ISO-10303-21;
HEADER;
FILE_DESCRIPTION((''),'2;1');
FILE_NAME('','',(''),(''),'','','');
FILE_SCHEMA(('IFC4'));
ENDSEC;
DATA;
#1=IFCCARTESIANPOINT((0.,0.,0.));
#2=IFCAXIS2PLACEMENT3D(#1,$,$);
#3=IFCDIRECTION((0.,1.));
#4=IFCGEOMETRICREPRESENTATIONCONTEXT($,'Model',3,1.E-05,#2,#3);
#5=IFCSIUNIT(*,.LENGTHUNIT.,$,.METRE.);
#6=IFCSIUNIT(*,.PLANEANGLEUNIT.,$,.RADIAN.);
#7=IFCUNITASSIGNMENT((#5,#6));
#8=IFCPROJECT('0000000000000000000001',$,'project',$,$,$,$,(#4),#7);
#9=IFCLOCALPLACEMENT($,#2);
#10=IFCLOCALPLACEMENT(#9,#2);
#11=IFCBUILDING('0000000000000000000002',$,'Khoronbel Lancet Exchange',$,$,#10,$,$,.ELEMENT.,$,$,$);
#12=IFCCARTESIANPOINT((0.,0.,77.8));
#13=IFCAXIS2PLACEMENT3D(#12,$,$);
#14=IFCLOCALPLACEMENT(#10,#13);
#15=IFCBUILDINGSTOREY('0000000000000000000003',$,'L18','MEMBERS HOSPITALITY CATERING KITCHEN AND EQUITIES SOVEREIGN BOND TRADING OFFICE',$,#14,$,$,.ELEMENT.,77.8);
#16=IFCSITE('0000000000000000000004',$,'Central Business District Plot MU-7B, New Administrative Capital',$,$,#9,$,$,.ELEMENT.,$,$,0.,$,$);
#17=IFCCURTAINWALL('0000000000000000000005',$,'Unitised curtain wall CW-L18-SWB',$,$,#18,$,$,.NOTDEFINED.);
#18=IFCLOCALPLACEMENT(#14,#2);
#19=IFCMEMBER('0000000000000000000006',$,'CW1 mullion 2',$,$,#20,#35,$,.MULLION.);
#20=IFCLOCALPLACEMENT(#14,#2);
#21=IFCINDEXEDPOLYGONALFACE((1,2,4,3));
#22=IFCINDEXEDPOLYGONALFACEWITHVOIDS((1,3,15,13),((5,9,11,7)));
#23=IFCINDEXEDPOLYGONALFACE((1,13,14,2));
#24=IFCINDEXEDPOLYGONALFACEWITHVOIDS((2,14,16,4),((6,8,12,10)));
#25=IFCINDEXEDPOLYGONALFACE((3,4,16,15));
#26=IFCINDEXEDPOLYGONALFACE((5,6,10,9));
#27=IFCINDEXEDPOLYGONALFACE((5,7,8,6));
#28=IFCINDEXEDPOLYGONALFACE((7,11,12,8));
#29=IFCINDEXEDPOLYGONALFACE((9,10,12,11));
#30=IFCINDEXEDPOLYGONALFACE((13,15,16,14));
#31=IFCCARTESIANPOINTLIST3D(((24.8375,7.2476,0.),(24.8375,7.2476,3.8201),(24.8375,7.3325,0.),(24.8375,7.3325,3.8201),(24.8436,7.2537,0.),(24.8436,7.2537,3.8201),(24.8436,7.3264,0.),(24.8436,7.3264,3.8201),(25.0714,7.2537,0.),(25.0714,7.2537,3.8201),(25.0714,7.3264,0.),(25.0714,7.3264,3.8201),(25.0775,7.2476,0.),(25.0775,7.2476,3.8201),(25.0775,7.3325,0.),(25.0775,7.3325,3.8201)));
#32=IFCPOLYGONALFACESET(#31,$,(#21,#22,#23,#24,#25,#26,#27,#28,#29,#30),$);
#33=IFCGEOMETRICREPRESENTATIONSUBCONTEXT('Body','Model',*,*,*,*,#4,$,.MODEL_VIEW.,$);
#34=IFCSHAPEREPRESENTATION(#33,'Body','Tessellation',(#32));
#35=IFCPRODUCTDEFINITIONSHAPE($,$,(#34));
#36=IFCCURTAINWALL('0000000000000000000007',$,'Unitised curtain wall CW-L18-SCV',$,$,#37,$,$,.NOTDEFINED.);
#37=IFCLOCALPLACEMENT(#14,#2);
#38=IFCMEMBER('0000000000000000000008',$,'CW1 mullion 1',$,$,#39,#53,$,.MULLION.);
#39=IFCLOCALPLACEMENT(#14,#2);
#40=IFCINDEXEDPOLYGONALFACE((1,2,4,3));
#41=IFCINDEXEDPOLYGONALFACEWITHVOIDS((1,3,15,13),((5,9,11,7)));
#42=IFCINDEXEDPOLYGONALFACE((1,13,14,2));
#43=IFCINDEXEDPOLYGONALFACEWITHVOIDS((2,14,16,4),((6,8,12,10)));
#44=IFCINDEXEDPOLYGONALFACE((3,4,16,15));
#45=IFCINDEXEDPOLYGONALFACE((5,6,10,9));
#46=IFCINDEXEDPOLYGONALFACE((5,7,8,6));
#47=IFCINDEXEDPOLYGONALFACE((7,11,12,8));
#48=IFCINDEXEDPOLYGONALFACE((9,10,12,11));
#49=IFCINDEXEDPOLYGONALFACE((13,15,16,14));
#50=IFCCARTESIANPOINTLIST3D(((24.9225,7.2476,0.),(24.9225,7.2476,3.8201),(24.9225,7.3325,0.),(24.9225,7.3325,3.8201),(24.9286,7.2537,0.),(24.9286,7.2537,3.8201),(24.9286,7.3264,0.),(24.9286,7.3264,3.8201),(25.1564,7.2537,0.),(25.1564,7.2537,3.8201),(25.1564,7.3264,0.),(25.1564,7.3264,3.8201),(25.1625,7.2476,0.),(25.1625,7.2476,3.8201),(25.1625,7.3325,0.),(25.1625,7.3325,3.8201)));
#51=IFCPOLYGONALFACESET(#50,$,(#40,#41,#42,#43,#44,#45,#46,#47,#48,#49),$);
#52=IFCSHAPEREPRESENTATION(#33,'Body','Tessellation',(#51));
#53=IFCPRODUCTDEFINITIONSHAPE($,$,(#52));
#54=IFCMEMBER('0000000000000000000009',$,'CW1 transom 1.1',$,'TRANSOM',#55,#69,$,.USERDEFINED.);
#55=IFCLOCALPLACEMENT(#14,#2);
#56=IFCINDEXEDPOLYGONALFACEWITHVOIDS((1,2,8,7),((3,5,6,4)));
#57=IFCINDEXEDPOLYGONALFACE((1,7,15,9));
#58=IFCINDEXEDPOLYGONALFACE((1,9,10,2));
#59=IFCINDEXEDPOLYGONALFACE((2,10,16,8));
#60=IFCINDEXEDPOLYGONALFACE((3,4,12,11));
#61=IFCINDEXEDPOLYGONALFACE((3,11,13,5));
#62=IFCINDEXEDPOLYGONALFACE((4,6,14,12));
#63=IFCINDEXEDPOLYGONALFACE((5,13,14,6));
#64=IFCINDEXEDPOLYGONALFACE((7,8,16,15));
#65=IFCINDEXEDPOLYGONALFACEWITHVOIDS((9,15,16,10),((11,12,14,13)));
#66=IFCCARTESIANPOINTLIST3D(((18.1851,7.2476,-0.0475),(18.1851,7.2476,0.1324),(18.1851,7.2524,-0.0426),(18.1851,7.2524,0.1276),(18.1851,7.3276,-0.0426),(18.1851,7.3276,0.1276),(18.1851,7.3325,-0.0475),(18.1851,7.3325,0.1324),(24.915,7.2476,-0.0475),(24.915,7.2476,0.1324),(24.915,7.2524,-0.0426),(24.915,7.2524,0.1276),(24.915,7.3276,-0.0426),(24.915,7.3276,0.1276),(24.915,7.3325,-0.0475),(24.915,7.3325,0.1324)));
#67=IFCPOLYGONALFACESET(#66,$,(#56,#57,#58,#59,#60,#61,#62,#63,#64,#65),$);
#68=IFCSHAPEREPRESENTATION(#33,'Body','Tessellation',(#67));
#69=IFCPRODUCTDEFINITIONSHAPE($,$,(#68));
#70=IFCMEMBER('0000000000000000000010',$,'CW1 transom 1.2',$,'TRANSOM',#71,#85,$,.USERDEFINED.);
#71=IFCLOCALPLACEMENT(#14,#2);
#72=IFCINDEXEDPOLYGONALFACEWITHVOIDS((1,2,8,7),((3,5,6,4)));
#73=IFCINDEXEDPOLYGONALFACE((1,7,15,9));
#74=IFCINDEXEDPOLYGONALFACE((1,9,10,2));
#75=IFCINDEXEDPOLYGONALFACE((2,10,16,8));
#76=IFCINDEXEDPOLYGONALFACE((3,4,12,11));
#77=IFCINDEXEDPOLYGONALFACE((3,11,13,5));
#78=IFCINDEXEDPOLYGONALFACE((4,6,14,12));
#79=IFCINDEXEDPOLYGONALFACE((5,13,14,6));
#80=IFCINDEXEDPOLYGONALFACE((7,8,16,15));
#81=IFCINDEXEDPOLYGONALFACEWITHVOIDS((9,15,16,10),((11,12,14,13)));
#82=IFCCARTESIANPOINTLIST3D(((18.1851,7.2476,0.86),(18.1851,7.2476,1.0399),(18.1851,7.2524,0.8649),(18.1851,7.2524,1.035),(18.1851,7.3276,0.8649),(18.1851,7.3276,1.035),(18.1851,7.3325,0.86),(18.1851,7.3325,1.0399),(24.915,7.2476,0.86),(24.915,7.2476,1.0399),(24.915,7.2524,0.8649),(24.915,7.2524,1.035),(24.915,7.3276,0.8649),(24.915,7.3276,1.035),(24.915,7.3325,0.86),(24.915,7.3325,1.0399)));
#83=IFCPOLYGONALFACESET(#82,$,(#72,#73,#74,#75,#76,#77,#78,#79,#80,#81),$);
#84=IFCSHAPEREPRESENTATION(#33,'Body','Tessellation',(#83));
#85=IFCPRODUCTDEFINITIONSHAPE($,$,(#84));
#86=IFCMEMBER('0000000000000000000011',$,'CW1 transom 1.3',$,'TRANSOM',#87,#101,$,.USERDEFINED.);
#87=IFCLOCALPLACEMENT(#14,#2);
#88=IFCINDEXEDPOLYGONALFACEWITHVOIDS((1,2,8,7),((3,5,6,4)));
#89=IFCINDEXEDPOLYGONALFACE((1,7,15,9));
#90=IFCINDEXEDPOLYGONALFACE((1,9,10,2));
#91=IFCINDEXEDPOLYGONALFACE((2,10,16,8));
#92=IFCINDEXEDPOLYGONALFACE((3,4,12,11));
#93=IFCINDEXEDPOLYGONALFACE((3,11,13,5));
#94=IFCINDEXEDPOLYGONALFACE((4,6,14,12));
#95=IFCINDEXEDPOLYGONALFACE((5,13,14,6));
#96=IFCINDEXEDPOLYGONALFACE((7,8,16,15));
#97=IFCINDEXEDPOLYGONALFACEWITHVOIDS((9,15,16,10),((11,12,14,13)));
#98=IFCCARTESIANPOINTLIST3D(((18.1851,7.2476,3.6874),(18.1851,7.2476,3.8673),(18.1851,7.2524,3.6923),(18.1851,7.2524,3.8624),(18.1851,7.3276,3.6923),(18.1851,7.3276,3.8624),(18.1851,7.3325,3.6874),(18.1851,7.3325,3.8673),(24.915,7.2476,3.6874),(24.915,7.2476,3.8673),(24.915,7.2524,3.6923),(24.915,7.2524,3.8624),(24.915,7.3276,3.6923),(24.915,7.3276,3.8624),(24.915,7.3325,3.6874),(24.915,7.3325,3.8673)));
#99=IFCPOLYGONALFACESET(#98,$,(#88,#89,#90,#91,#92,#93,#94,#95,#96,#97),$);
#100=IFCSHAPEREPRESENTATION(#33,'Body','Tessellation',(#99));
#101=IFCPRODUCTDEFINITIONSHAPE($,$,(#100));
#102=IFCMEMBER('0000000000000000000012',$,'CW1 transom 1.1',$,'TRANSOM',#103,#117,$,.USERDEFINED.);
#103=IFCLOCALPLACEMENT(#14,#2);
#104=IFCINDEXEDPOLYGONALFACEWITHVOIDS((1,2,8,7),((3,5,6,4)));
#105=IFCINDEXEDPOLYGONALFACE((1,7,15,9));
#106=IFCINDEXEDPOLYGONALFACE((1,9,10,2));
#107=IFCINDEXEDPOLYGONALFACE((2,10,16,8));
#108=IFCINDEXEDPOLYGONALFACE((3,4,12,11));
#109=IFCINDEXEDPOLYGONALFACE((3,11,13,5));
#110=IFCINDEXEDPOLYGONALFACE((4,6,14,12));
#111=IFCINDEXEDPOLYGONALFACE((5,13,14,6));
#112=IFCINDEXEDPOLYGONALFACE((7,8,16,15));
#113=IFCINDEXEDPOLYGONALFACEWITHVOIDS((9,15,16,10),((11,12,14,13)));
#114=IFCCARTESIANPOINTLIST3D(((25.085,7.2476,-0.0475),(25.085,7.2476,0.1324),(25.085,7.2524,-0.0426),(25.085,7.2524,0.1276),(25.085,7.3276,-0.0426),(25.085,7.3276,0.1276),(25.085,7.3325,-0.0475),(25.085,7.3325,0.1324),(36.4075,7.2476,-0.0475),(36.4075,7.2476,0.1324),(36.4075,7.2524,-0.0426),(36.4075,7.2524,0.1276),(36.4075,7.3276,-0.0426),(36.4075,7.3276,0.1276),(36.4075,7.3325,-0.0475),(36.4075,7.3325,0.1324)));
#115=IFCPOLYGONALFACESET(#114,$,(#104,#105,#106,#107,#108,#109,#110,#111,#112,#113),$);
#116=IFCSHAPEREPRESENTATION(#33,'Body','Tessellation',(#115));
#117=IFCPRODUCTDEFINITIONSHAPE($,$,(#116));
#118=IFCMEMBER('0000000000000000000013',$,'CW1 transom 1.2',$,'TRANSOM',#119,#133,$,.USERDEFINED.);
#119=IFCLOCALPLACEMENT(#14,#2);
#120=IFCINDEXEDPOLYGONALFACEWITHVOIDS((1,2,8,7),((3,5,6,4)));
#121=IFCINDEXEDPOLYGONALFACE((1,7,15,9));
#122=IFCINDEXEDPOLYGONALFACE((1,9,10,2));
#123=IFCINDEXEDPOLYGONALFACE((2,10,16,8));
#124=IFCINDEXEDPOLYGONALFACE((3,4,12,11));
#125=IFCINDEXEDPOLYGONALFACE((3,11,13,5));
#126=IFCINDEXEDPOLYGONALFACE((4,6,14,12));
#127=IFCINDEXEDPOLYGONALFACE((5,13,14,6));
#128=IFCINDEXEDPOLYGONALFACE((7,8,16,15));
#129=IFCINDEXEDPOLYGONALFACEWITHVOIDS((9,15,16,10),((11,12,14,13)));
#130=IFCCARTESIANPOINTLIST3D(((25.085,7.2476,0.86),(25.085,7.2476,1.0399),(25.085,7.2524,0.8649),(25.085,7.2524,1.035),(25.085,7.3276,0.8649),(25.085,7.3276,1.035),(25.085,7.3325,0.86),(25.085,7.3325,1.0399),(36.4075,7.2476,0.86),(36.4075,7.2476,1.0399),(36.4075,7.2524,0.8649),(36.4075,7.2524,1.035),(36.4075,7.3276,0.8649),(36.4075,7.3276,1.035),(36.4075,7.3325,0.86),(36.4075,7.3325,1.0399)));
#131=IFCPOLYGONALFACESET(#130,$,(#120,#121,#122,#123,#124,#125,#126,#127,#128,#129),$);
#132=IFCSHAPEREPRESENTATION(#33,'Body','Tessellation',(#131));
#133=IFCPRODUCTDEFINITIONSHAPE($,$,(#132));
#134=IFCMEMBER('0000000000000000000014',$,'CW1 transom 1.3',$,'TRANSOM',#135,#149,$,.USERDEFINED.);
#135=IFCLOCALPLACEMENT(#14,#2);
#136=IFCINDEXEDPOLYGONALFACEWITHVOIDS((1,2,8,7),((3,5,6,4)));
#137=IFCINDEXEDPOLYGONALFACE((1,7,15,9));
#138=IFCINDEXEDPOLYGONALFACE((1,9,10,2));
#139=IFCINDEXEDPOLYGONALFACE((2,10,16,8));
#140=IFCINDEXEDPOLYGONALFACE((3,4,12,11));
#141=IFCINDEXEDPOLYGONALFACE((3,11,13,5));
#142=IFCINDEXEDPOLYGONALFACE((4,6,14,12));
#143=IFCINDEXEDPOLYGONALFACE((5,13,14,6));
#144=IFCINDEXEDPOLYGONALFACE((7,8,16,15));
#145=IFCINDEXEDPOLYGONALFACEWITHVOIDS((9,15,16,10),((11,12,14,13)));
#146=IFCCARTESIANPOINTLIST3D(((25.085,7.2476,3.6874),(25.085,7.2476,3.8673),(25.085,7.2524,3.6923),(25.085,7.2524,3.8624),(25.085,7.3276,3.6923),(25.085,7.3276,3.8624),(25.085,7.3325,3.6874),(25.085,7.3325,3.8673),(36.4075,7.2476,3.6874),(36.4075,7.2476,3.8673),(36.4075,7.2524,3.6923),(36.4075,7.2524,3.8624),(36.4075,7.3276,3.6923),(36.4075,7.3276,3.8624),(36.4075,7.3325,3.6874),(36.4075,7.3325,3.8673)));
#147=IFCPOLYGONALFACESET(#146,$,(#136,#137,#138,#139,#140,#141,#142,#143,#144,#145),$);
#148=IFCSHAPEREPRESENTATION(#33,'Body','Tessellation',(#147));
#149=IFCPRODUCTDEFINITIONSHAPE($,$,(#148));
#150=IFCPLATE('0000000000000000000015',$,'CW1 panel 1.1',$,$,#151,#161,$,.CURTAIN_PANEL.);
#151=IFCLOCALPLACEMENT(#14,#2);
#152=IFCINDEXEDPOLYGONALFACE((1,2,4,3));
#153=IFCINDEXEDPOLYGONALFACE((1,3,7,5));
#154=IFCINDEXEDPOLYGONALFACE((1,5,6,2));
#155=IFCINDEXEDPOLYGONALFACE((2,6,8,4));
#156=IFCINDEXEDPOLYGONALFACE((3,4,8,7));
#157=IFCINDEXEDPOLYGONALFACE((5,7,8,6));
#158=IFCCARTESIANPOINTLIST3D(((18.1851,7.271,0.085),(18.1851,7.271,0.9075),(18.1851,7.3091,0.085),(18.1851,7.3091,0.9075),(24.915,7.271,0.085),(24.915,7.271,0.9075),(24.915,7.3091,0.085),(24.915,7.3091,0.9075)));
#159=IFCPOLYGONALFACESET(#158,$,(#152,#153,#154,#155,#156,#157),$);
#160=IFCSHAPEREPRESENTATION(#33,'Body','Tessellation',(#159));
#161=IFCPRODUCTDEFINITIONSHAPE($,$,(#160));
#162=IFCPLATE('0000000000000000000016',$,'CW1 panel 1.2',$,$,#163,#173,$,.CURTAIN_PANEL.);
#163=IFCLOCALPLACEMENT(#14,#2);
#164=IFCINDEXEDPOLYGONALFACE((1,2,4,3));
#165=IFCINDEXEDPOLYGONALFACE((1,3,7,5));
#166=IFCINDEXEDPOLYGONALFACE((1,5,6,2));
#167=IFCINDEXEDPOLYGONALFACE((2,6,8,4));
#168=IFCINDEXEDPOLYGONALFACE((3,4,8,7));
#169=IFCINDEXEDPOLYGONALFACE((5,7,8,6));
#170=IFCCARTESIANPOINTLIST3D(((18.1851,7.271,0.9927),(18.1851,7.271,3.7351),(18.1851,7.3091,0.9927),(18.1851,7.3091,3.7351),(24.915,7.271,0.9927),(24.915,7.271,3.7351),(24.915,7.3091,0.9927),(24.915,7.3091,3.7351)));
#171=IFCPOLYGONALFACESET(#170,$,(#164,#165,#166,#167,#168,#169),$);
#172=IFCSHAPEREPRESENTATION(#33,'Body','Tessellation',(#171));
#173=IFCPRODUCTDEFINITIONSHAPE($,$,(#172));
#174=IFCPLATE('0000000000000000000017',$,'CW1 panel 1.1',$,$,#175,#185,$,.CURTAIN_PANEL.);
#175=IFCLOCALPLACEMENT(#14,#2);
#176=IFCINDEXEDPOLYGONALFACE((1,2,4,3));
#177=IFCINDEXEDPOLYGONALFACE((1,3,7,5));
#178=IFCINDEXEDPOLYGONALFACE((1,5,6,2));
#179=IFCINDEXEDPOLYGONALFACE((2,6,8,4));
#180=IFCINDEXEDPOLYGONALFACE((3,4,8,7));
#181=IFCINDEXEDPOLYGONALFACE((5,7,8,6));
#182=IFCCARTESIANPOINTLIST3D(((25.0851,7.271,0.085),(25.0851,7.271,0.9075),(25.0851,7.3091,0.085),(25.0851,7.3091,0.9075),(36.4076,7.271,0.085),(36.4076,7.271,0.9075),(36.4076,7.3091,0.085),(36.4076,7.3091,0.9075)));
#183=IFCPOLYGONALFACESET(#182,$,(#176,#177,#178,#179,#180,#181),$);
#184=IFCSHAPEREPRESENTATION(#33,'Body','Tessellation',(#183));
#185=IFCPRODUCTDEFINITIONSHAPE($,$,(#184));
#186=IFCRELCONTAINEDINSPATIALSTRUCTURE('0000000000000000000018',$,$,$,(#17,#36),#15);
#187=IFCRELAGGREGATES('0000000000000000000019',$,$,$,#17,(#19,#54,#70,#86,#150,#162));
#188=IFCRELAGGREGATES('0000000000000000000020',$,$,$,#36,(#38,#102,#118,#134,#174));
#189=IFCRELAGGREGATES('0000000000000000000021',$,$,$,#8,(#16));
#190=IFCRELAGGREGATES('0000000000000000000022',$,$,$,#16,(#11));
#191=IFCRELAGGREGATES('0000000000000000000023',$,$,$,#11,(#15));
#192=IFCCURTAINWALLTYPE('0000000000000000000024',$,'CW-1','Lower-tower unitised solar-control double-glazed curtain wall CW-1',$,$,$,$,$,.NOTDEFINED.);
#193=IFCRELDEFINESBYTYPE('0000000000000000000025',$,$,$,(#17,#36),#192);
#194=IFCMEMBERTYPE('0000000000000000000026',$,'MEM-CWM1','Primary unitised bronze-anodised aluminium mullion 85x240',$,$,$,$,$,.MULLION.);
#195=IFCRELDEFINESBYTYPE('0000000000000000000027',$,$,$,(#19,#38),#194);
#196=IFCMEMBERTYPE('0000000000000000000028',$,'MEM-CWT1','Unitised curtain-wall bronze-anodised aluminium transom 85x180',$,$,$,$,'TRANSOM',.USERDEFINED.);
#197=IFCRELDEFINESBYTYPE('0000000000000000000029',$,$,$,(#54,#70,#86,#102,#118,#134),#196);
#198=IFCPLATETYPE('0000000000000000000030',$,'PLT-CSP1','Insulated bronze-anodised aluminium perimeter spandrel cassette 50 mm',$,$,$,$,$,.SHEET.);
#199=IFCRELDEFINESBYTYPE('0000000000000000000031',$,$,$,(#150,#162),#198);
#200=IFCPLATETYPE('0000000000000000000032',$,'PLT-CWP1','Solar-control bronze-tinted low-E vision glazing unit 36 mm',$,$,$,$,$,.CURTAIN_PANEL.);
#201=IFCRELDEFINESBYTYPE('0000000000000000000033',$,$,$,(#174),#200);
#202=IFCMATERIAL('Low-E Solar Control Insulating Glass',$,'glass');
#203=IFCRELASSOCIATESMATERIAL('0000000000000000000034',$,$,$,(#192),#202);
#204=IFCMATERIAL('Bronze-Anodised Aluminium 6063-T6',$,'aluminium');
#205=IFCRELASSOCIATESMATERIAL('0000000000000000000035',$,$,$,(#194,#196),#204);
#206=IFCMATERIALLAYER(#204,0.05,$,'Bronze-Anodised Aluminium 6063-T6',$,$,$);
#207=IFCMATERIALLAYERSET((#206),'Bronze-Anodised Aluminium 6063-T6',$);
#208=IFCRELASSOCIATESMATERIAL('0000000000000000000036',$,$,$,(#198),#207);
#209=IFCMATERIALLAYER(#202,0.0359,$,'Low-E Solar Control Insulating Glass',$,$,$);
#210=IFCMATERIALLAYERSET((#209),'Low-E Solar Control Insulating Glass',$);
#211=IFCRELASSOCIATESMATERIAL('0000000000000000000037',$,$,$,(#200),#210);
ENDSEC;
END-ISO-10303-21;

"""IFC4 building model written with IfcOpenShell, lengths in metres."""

from ifc_helpers import new_model, si_unit, direction, frame, origin, origin_2d, place, context, subcontext, project, spatial, rectangle, hollow_rectangle, extrude, material, layer, layer_set, material_profile, profile_set, type_object, element, aggregate, save


model = new_model("IFC4")

# Units and contexts
model_context = context("Model", 3, precision=1e-05, world=origin(), true_north=direction((0.0, 1.0)))
body_context = subcontext(model_context, "Body", "Model", "MODEL_VIEW")
ifc_project = project(units=[si_unit("LENGTHUNIT", "METRE"), si_unit("PLANEANGLEUNIT", "RADIAN")], contexts=[model_context])

# Site, building, storey
site_placement = place(None, origin())
site = spatial("IfcSite", under=ifc_project, at=site_placement, Name="Central Business District Plot MU-7B, New Administrative Capital", CompositionType="ELEMENT", RefElevation=0.0)
building_placement = place(site_placement, origin())
building = spatial("IfcBuilding", under=site, at=building_placement, Name="Khoronbel Lancet Exchange", CompositionType="ELEMENT")
storey_placement = place(building_placement, frame((0.0, 0.0, 77.8)))
storey = spatial("IfcBuildingStorey", under=building, at=storey_placement, Name="L18", Description="MEMBERS HOSPITALITY CATERING KITCHEN AND EQUITIES SOVEREIGN BOND TRADING OFFICE", CompositionType="ELEMENT", Elevation=77.8)

# Curtain walls, members
ifc_material_1 = material(Name="Low-E Solar Control Insulating Glass", Category="glass")
curtain_wall_type = type_object("IfcCurtainWallType", Name="CW-1", Description="Lower-tower unitised solar-control double-glazed curtain wall CW-1", PredefinedType="NOTDEFINED", material=ifc_material_1)
curtain_wall_1_placement = place(storey_placement, origin())
curtain_wall_1 = element("IfcCurtainWall", 1, at=curtain_wall_1_placement, inside=storey, type_object=curtain_wall_type, Name="Unitised curtain wall CW-L18-SWB", PredefinedType="NOTDEFINED")
ifc_material_2 = material(Name="Bronze-Anodised Aluminium 6063-T6", Category="aluminium")
ifc_material_profile_1 = material_profile(ifc_material_2, hollow_rectangle(XDim=0.085, YDim=0.24, WallThickness=0.0061, at=origin_2d()), Name="ALU MULLION 85x240")
ifc_profile_set_1 = profile_set([ifc_material_profile_1], Name="Bronze-Anodised Aluminium 6063-T6")
member_type_1 = type_object("IfcMemberType", Name="MEM-CWM1", Description="Primary unitised bronze-anodised aluminium mullion 85x240", PredefinedType="MULLION", material=ifc_profile_set_1)
member_1_placement = place(storey_placement, frame((24.9575, 7.29, 0.0), z_axis=(0.0, 0.0, 1.0), x_axis=(0.0, 1.0, 0.0)))
member_1 = element("IfcMember", 2, at=member_1_placement, type_object=member_type_1, Name="CW1 mullion 2", PredefinedType="MULLION", context=body_context, shape_type="SweptSolid", body=[
    extrude(hollow_rectangle(XDim=0.085, YDim=0.24, WallThickness=0.0061, at=origin_2d()), origin(), (0.0, 0.0, 1.0), 3.8201),
])
curtain_wall_2_placement = place(storey_placement, origin())
curtain_wall_2 = element("IfcCurtainWall", 3, at=curtain_wall_2_placement, inside=storey, type_object=curtain_wall_type, Name="Unitised curtain wall CW-L18-SCV", PredefinedType="NOTDEFINED")
member_2_placement = place(storey_placement, frame((25.0425, 7.29, 0.0), z_axis=(0.0, 0.0, 1.0), x_axis=(0.0, 1.0, 0.0)))
member_2 = element("IfcMember", 4, at=member_2_placement, type_object=member_type_1, Name="CW1 mullion 1", PredefinedType="MULLION", context=body_context, shape_type="SweptSolid", body=[
    extrude(hollow_rectangle(XDim=0.085, YDim=0.24, WallThickness=0.0061, at=origin_2d()), origin(), (0.0, 0.0, 1.0), 3.8201),
])

# Members
ifc_material_profile_2 = material_profile(ifc_material_2, hollow_rectangle(XDim=0.085, YDim=0.1799, WallThickness=0.0049, at=origin_2d()), Name="ALU TRANSOM 85x180")
ifc_profile_set_2 = profile_set([ifc_material_profile_2], Name="Bronze-Anodised Aluminium 6063-T6")
member_type_2 = type_object("IfcMemberType", Name="MEM-CWT1", Description="Unitised curtain-wall bronze-anodised aluminium transom 85x180", ElementType="TRANSOM", PredefinedType="USERDEFINED", material=ifc_profile_set_2)
member_3_placement = place(storey_placement, frame((18.1851, 7.29, 0.0425), z_axis=(1.0, 0.0, 0.0), x_axis=(0.0, 1.0, 0.0)))
member_3 = element("IfcMember", 5, at=member_3_placement, type_object=member_type_2, Name="CW1 transom 1.1", ObjectType="TRANSOM", PredefinedType="USERDEFINED", context=body_context, shape_type="SweptSolid", body=[
    extrude(hollow_rectangle(XDim=0.085, YDim=0.1799, WallThickness=0.0049, at=origin_2d()), origin(), (0.0, 0.0, 1.0), 6.73),
])
member_4_placement = place(storey_placement, frame((18.1851, 7.29, 0.95), z_axis=(1.0, 0.0, 0.0), x_axis=(0.0, 1.0, 0.0)))
member_4 = element("IfcMember", 6, at=member_4_placement, type_object=member_type_2, Name="CW1 transom 1.2", ObjectType="TRANSOM", PredefinedType="USERDEFINED", context=body_context, shape_type="SweptSolid", body=[
    extrude(hollow_rectangle(XDim=0.085, YDim=0.1799, WallThickness=0.0049, at=origin_2d()), origin(), (0.0, 0.0, 1.0), 6.73),
])
member_5_placement = place(storey_placement, frame((18.1851, 7.29, 3.7773), z_axis=(1.0, 0.0, 0.0), x_axis=(0.0, 1.0, 0.0)))
member_5 = element("IfcMember", 7, at=member_5_placement, type_object=member_type_2, Name="CW1 transom 1.3", ObjectType="TRANSOM", PredefinedType="USERDEFINED", context=body_context, shape_type="SweptSolid", body=[
    extrude(hollow_rectangle(XDim=0.085, YDim=0.1799, WallThickness=0.0049, at=origin_2d()), origin(), (0.0, 0.0, 1.0), 6.73),
])
member_6_placement = place(storey_placement, frame((25.085, 7.29, 0.0425), z_axis=(1.0, 0.0, 0.0), x_axis=(0.0, 1.0, 0.0)))
member_6 = element("IfcMember", 8, at=member_6_placement, type_object=member_type_2, Name="CW1 transom 1.1", ObjectType="TRANSOM", PredefinedType="USERDEFINED", context=body_context, shape_type="SweptSolid", body=[
    extrude(hollow_rectangle(XDim=0.085, YDim=0.1799, WallThickness=0.0049, at=origin_2d()), origin(), (0.0, 0.0, 1.0), 11.3225),
])
member_7_placement = place(storey_placement, frame((25.085, 7.29, 0.95), z_axis=(1.0, 0.0, 0.0), x_axis=(0.0, 1.0, 0.0)))
member_7 = element("IfcMember", 9, at=member_7_placement, type_object=member_type_2, Name="CW1 transom 1.2", ObjectType="TRANSOM", PredefinedType="USERDEFINED", context=body_context, shape_type="SweptSolid", body=[
    extrude(hollow_rectangle(XDim=0.085, YDim=0.1799, WallThickness=0.0049, at=origin_2d()), origin(), (0.0, 0.0, 1.0), 11.3225),
])
member_8_placement = place(storey_placement, frame((25.085, 7.29, 3.7773), z_axis=(1.0, 0.0, 0.0), x_axis=(0.0, 1.0, 0.0)))
member_8 = element("IfcMember", 10, at=member_8_placement, type_object=member_type_2, Name="CW1 transom 1.3", ObjectType="TRANSOM", PredefinedType="USERDEFINED", context=body_context, shape_type="SweptSolid", body=[
    extrude(hollow_rectangle(XDim=0.085, YDim=0.1799, WallThickness=0.0049, at=origin_2d()), origin(), (0.0, 0.0, 1.0), 11.3225),
])

# Plates
ifc_layer_1 = layer(ifc_material_2, 0.05, Name="Bronze-Anodised Aluminium 6063-T6")
ifc_layer_set_1 = layer_set([ifc_layer_1], Name="Bronze-Anodised Aluminium 6063-T6")
plate_type_1 = type_object("IfcPlateType", Name="PLT-CSP1", Description="Insulated bronze-anodised aluminium perimeter spandrel cassette 50 mm", PredefinedType="SHEET", material=ifc_layer_set_1)
plate_1_placement = place(storey_placement, frame((21.55, 7.29, 0.085), z_axis=(0.0, 0.0, 1.0), x_axis=(1.0, 0.0, 0.0)))
plate_1 = element("IfcPlate", 11, at=plate_1_placement, type_object=plate_type_1, Name="CW1 panel 1.1", PredefinedType="CURTAIN_PANEL", context=body_context, shape_type="SweptSolid", body=[
    extrude(rectangle(XDim=6.73, YDim=0.0381, at=origin_2d()), origin(), (0.0, 0.0, 1.0), 0.8225),
])
plate_2_placement = place(storey_placement, frame((21.55, 7.29, 0.9927), z_axis=(0.0, 0.0, 1.0), x_axis=(1.0, 0.0, 0.0)))
plate_2 = element("IfcPlate", 12, at=plate_2_placement, type_object=plate_type_1, Name="CW1 panel 1.2", PredefinedType="CURTAIN_PANEL", context=body_context, shape_type="SweptSolid", body=[
    extrude(rectangle(XDim=6.73, YDim=0.0381, at=origin_2d()), origin(), (0.0, 0.0, 1.0), 2.7424),
])
aggregate(curtain_wall_1, [member_1, member_3, member_4, member_5, plate_1, plate_2])
ifc_layer_2 = layer(ifc_material_1, 0.0359, Name="Low-E Solar Control Insulating Glass")
ifc_layer_set_2 = layer_set([ifc_layer_2], Name="Low-E Solar Control Insulating Glass")
plate_type_2 = type_object("IfcPlateType", Name="PLT-CWP1", Description="Solar-control bronze-tinted low-E vision glazing unit 36 mm", PredefinedType="CURTAIN_PANEL", material=ifc_layer_set_2)
plate_3_placement = place(storey_placement, frame((30.7463, 7.29, 0.085), z_axis=(0.0, 0.0, 1.0), x_axis=(1.0, 0.0, 0.0)))
plate_3 = element("IfcPlate", 13, at=plate_3_placement, type_object=plate_type_2, Name="CW1 panel 1.1", PredefinedType="CURTAIN_PANEL", context=body_context, shape_type="SweptSolid", body=[
    extrude(rectangle(XDim=11.3225, YDim=0.0381, at=origin_2d()), origin(), (0.0, 0.0, 1.0), 0.8225),
])
aggregate(curtain_wall_2, [member_2, member_6, member_7, member_8, plate_3])

save(model, "model.ifc")
